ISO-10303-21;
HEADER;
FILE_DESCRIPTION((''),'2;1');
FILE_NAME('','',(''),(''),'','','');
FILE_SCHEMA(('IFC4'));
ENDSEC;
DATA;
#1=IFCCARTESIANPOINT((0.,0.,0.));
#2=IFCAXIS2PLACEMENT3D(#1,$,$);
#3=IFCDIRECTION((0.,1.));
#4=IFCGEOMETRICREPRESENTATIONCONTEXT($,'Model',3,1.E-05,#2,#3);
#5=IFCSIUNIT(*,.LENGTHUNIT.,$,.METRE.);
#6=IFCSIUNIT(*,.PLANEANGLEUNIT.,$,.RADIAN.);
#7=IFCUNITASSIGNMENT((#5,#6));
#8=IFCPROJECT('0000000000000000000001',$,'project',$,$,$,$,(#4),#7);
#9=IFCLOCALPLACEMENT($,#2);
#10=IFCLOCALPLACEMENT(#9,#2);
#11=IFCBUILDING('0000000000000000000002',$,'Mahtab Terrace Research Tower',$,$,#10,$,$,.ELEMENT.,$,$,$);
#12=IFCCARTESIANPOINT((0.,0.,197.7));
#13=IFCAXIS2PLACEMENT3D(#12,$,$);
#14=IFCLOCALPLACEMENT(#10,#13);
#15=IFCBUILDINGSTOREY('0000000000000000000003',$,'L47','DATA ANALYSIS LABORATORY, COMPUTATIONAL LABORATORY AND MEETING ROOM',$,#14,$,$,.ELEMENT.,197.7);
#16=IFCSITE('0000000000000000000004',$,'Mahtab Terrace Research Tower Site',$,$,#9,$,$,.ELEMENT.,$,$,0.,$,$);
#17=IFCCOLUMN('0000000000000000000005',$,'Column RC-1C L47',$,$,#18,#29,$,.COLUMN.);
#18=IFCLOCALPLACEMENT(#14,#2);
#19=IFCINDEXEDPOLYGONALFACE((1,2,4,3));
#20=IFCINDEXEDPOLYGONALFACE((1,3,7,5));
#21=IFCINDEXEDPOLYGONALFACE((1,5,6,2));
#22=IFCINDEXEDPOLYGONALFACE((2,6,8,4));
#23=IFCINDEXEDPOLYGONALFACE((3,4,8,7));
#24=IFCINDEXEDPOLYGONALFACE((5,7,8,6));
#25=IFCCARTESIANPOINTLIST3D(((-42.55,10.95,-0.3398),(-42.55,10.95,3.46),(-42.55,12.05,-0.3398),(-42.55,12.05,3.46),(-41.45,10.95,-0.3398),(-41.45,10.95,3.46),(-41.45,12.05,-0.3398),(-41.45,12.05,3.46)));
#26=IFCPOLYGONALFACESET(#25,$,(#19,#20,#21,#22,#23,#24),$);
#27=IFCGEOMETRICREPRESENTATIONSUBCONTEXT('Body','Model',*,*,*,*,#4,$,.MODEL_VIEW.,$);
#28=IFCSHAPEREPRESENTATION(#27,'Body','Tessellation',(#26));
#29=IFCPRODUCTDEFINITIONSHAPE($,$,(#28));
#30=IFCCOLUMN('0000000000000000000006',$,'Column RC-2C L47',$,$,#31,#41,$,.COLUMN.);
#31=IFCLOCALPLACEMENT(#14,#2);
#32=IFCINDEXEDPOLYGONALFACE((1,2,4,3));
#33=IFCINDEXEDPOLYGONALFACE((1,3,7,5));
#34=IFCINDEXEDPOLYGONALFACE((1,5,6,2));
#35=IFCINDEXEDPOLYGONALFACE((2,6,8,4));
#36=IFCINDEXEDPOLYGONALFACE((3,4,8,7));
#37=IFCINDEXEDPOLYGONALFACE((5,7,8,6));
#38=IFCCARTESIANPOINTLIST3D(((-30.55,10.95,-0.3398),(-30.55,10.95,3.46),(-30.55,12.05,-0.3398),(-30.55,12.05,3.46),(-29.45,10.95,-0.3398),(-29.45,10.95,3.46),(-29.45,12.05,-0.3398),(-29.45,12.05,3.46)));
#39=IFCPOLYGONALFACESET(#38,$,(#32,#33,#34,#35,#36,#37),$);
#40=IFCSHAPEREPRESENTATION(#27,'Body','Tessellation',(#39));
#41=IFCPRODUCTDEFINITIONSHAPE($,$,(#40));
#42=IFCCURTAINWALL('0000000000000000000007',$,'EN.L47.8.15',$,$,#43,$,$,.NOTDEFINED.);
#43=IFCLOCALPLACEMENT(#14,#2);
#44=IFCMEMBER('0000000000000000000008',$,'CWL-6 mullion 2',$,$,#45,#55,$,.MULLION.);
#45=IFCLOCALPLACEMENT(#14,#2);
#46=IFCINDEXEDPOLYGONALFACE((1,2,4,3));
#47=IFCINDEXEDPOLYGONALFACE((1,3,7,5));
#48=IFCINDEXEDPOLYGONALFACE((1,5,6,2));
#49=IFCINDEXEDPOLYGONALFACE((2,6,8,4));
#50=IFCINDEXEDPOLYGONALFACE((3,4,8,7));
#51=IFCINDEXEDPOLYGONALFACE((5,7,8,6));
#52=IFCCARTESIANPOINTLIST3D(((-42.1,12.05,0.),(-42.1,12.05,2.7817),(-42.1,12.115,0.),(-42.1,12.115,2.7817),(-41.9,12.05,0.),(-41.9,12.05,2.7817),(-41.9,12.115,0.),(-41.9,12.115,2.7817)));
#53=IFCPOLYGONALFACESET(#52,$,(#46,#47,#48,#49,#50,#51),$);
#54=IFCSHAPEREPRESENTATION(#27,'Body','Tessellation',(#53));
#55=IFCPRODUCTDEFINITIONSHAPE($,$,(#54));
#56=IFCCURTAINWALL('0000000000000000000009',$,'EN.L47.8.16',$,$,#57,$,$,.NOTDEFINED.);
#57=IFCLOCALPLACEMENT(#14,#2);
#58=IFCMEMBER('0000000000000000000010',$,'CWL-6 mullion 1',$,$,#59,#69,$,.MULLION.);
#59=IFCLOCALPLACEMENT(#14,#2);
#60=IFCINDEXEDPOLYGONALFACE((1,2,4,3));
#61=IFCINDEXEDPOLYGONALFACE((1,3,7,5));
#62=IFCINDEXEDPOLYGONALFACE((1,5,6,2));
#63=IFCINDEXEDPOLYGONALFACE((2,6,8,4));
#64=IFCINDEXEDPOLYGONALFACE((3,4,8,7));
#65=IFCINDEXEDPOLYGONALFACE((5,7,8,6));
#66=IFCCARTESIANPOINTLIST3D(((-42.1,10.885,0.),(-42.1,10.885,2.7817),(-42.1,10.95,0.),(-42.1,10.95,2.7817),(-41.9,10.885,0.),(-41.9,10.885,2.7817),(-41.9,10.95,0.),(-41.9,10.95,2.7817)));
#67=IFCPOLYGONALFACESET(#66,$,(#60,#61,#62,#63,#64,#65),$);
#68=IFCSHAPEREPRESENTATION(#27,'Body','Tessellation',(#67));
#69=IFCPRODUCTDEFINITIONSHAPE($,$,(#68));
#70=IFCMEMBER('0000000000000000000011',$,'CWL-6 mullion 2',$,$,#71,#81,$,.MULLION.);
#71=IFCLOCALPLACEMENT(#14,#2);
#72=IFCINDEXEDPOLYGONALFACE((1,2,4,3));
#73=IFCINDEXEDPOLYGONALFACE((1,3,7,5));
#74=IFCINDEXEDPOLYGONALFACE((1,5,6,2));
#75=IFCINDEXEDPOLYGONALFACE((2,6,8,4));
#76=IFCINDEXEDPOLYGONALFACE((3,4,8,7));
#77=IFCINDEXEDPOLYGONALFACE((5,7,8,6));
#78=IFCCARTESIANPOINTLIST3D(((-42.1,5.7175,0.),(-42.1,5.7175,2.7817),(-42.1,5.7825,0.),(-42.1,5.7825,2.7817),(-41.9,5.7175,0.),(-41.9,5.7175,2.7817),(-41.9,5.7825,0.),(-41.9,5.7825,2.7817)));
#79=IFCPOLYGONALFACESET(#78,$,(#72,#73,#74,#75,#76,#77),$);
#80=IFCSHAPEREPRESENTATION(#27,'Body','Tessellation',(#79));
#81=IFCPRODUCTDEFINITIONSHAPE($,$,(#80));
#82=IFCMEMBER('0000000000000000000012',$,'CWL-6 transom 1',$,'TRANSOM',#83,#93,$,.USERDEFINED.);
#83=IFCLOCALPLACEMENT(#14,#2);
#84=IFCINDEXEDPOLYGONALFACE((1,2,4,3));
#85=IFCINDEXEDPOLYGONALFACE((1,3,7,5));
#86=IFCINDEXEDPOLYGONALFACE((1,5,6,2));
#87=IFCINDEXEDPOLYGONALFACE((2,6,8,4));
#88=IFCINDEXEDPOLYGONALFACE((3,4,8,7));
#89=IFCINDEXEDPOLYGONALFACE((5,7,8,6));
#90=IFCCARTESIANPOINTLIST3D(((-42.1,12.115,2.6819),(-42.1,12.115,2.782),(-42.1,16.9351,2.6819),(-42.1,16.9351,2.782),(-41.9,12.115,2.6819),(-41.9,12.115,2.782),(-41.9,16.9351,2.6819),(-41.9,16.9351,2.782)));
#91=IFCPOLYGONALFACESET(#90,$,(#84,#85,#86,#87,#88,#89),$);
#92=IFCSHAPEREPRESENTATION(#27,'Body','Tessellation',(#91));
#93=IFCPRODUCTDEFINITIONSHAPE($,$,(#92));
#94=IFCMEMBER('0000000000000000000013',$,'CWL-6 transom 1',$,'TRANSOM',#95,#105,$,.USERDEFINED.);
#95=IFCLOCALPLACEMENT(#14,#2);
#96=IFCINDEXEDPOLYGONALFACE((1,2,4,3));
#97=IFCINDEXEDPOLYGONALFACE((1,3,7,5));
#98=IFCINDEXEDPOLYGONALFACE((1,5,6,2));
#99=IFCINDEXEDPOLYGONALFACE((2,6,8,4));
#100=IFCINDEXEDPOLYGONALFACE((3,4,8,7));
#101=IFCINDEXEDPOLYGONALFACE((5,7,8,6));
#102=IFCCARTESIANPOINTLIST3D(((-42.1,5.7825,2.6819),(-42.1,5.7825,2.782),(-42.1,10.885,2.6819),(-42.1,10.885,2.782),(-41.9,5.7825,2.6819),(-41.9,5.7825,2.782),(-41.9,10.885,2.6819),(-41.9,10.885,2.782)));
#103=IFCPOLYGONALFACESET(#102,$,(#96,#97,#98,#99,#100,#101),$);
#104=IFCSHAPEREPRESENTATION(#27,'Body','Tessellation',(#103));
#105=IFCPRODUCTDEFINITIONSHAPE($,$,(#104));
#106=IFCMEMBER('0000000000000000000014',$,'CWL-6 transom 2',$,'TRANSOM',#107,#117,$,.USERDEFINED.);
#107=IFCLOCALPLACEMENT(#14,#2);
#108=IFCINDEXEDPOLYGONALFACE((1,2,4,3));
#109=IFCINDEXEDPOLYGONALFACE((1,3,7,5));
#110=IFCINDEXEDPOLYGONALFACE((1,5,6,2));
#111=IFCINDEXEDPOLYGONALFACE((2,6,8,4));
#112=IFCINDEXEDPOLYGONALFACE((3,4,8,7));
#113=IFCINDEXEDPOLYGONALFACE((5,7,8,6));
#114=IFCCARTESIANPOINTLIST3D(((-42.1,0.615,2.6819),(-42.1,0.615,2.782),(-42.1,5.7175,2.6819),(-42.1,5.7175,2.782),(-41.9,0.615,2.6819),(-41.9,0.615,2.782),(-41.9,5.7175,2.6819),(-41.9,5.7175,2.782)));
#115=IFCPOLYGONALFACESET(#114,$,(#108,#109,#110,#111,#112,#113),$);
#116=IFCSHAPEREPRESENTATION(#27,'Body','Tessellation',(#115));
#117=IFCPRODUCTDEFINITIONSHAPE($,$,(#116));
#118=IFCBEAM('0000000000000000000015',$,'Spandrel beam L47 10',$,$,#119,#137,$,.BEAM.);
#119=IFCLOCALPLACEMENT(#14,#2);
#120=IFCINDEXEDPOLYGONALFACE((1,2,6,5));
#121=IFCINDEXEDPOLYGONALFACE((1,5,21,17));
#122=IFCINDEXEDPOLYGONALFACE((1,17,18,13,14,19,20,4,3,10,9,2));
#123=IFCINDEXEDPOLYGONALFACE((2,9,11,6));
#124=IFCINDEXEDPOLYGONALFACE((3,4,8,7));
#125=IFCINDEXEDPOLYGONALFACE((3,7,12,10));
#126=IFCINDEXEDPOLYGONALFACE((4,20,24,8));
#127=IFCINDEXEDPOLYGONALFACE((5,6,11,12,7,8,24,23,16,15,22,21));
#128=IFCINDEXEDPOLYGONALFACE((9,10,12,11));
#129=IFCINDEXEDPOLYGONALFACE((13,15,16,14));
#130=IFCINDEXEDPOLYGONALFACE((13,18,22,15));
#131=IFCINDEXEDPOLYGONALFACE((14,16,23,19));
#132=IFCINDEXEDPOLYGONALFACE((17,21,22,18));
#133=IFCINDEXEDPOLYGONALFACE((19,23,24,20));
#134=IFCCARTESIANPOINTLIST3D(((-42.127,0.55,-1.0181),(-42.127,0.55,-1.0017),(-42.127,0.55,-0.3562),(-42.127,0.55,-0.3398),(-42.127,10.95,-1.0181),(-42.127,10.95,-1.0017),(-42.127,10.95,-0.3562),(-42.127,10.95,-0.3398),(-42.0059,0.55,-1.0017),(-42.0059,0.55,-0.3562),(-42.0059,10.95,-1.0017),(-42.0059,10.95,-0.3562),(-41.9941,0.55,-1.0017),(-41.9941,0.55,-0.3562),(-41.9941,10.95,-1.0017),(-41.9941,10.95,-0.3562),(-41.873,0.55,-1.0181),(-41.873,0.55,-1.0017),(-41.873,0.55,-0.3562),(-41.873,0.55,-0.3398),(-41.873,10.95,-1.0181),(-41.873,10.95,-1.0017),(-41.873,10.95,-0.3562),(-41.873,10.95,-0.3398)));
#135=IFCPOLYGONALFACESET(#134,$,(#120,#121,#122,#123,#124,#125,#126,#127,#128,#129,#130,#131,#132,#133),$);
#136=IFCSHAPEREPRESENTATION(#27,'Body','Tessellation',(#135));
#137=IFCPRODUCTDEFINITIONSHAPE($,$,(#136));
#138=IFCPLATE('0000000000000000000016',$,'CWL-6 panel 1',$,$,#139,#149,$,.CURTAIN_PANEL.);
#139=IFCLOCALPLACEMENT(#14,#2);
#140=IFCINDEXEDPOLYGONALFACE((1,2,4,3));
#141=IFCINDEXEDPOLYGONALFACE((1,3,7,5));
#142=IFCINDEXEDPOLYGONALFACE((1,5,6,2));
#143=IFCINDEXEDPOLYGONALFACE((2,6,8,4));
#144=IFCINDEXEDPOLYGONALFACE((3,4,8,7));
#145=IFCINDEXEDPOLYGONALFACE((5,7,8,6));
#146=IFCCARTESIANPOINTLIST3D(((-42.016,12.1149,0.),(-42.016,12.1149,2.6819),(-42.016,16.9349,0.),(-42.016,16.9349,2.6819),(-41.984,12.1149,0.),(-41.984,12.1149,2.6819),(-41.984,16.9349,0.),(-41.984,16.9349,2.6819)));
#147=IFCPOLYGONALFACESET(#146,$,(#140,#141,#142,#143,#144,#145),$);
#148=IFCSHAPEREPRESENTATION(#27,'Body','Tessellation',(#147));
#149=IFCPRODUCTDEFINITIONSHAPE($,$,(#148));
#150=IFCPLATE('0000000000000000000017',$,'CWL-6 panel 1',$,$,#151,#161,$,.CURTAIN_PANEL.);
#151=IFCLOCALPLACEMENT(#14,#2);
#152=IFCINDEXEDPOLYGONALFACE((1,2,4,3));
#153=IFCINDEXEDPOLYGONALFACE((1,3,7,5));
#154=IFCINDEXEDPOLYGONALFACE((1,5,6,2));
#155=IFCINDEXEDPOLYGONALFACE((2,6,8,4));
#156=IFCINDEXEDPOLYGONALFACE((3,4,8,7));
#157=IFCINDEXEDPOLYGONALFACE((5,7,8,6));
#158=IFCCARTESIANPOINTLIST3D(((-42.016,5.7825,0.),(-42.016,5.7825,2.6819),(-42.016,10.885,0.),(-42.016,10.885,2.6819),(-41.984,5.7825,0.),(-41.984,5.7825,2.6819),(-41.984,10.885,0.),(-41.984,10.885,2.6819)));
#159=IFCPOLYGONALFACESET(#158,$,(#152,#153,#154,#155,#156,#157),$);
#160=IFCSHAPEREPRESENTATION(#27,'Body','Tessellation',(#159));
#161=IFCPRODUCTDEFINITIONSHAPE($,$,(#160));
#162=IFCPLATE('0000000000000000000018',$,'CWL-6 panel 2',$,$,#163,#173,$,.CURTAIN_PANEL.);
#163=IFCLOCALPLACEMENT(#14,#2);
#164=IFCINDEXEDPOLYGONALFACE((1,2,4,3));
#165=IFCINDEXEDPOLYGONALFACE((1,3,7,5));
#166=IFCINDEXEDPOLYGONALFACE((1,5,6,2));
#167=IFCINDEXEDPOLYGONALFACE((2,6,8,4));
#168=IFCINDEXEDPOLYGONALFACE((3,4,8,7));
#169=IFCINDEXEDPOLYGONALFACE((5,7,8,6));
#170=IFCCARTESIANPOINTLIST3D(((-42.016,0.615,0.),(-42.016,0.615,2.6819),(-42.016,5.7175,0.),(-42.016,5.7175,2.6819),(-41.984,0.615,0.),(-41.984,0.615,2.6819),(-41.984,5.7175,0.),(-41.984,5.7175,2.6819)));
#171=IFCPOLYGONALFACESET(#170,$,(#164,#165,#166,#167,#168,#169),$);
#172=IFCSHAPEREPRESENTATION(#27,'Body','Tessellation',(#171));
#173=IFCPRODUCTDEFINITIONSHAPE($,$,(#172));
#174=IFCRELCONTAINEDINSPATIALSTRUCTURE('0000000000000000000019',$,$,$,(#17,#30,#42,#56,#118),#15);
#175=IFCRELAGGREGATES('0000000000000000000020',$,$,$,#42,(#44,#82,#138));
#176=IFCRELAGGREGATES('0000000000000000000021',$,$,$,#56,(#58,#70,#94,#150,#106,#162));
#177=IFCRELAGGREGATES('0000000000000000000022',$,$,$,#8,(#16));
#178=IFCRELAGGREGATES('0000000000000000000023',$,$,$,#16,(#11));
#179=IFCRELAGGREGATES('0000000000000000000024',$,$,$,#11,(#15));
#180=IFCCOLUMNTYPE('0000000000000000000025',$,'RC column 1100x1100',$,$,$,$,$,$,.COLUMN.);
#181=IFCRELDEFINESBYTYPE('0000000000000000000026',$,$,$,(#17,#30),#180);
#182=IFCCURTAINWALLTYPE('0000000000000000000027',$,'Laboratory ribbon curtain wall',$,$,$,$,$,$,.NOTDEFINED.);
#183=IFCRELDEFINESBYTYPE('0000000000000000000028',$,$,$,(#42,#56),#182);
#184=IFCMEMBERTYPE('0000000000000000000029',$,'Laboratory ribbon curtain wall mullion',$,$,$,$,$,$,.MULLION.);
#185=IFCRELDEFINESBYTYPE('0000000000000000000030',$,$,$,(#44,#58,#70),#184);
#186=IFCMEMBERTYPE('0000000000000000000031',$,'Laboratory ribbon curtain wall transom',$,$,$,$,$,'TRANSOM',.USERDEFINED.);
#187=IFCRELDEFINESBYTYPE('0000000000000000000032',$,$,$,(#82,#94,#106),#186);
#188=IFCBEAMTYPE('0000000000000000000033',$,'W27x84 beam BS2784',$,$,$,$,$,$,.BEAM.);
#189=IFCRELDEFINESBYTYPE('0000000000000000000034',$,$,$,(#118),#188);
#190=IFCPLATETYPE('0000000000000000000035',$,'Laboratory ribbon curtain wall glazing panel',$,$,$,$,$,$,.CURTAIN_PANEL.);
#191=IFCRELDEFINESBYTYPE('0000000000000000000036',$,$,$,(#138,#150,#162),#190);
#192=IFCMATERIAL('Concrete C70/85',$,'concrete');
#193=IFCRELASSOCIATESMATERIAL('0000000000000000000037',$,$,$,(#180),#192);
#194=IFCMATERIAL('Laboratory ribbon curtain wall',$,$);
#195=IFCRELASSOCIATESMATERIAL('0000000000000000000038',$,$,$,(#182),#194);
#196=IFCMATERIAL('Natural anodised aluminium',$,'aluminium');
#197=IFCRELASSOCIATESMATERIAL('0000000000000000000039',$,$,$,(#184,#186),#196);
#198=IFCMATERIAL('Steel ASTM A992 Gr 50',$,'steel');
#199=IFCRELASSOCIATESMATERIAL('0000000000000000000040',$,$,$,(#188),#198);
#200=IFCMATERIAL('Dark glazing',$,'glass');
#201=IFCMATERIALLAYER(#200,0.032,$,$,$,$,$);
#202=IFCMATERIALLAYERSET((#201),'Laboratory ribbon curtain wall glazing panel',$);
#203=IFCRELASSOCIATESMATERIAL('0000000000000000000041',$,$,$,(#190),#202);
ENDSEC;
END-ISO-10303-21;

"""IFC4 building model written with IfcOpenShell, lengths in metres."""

from ifc_helpers import new_model, si_unit, direction, frame, origin, origin_2d, place, context, subcontext, project, spatial, rectangle, i_section, extrude, material, layer, layer_set, material_profile, profile_set, type_object, element, aggregate, save


model = new_model("IFC4")

# Units and contexts
model_context = context("Model", 3, precision=1e-05, world=origin(), true_north=direction((0.0, 1.0)))
body_context = subcontext(model_context, "Body", "Model", "MODEL_VIEW")
ifc_project = project(units=[si_unit("LENGTHUNIT", "METRE"), si_unit("PLANEANGLEUNIT", "RADIAN")], contexts=[model_context])

# Site, building, storey
site_placement = place(None, origin())
site = spatial("IfcSite", under=ifc_project, at=site_placement, Name="Mahtab Terrace Research Tower Site", CompositionType="ELEMENT", RefElevation=0.0)
building_placement = place(site_placement, origin())
building = spatial("IfcBuilding", under=site, at=building_placement, Name="Mahtab Terrace Research Tower", CompositionType="ELEMENT")
storey_placement = place(building_placement, frame((0.0, 0.0, 197.7)))
storey = spatial("IfcBuildingStorey", under=building, at=storey_placement, Name="L47", Description="DATA ANALYSIS LABORATORY, COMPUTATIONAL LABORATORY AND MEETING ROOM", CompositionType="ELEMENT", Elevation=197.7)

# Columns
ifc_material_1 = material(Name="Concrete C70/85", Category="concrete")
ifc_material_profile_1 = material_profile(ifc_material_1, rectangle(XDim=1.1001, YDim=1.1001, at=origin_2d()), Name="RC column 1100x1100")
ifc_profile_set_1 = profile_set([ifc_material_profile_1], Name="Concrete C70/85")
column_type = type_object("IfcColumnType", Name="RC column 1100x1100", PredefinedType="COLUMN", material=ifc_profile_set_1)
for number, where, z_axis, x_axis, name in (
    (1, (-42.0, 11.5, -0.3398), (0.0, 0.0, 1.0), (1.0, 0.0, 0.0), "Column RC-1C L47"),
    (2, (-30.0, 11.5, -0.3398), (0.0, 0.0, 1.0), (1.0, 0.0, 0.0), "Column RC-2C L47"),
):
    element("IfcColumn", number, at=place(storey_placement, frame(where, z_axis=z_axis, x_axis=x_axis)), inside=storey, type_object=column_type, Name=name, PredefinedType="COLUMN", context=body_context, shape_type="SweptSolid", body=[
        extrude(rectangle(XDim=1.1001, YDim=1.1001, at=origin_2d()), origin(), (0.0, 0.0, 1.0), 3.7998),
    ])

# Curtain wall, member
ifc_material_2 = material(Name="Laboratory ribbon curtain wall")
curtain_wall_type = type_object("IfcCurtainWallType", Name="Laboratory ribbon curtain wall", PredefinedType="NOTDEFINED", material=ifc_material_2)
curtain_wall_1_placement = place(storey_placement, origin())
curtain_wall_1 = element("IfcCurtainWall", 3, at=curtain_wall_1_placement, inside=storey, type_object=curtain_wall_type, Name="EN.L47.8.15", PredefinedType="NOTDEFINED")
ifc_material_3 = material(Name="Natural anodised aluminium", Category="aluminium")
ifc_material_profile_2 = material_profile(ifc_material_3, rectangle(XDim=0.2, YDim=0.0649, at=origin_2d()), Name="MULLION 65x200")
ifc_profile_set_2 = profile_set([ifc_material_profile_2], Name="Natural anodised aluminium")
member_type_1 = type_object("IfcMemberType", Name="Laboratory ribbon curtain wall mullion", PredefinedType="MULLION", material=ifc_profile_set_2)
member_1_placement = place(storey_placement, frame((-42.0, 12.0825, 0.0), z_axis=(0.0, 0.0, 1.0), x_axis=(1.0, 0.0, 0.0)))
member_1 = element("IfcMember", 4, at=member_1_placement, type_object=member_type_1, Name="CWL-6 mullion 2", PredefinedType="MULLION", context=body_context, shape_type="SweptSolid", body=[
    extrude(rectangle(XDim=0.2, YDim=0.0649, at=origin_2d()), origin(), (0.0, 0.0, 1.0), 2.7817),
])

# Curtain wall, members
curtain_wall_2_placement = place(storey_placement, origin())
curtain_wall_2 = element("IfcCurtainWall", 5, at=curtain_wall_2_placement, inside=storey, type_object=curtain_wall_type, Name="EN.L47.8.16", PredefinedType="NOTDEFINED")
member_2_placement = place(storey_placement, frame((-42.0, 10.9175, 0.0), z_axis=(0.0, 0.0, 1.0), x_axis=(1.0, 0.0, 0.0)))
member_2 = element("IfcMember", 6, at=member_2_placement, type_object=member_type_1, Name="CWL-6 mullion 1", PredefinedType="MULLION", context=body_context, shape_type="SweptSolid", body=[
    extrude(rectangle(XDim=0.2, YDim=0.0649, at=origin_2d()), origin(), (0.0, 0.0, 1.0), 2.7817),
])
member_3_placement = place(storey_placement, frame((-42.0, 5.75, 0.0), z_axis=(0.0, 0.0, 1.0), x_axis=(1.0, 0.0, 0.0)))
member_3 = element("IfcMember", 7, at=member_3_placement, type_object=member_type_1, Name="CWL-6 mullion 2", PredefinedType="MULLION", context=body_context, shape_type="SweptSolid", body=[
    extrude(rectangle(XDim=0.2, YDim=0.0649, at=origin_2d()), origin(), (0.0, 0.0, 1.0), 2.7817),
])

# Members
ifc_material_profile_3 = material_profile(ifc_material_3, rectangle(XDim=0.2, YDim=0.1001, at=origin_2d()), Name="TRANSOM 100x200")
ifc_profile_set_3 = profile_set([ifc_material_profile_3], Name="Natural anodised aluminium")
member_type_2 = type_object("IfcMemberType", Name="Laboratory ribbon curtain wall transom", ElementType="TRANSOM", PredefinedType="USERDEFINED", material=ifc_profile_set_3)
member_4_placement = place(storey_placement, frame((-42.0, 16.9351, 2.7319), z_axis=(0.0, -1.0, 0.0), x_axis=(1.0, 0.0, 0.0)))
member_4 = element("IfcMember", 8, at=member_4_placement, type_object=member_type_2, Name="CWL-6 transom 1", ObjectType="TRANSOM", PredefinedType="USERDEFINED", context=body_context, shape_type="SweptSolid", body=[
    extrude(rectangle(XDim=0.2, YDim=0.1001, at=origin_2d()), origin(), (0.0, 0.0, 1.0), 4.8201),
])
member_5_placement = place(storey_placement, frame((-42.0, 10.885, 2.7319), z_axis=(0.0, -1.0, 0.0), x_axis=(1.0, 0.0, 0.0)))
member_5 = element("IfcMember", 9, at=member_5_placement, type_object=member_type_2, Name="CWL-6 transom 1", ObjectType="TRANSOM", PredefinedType="USERDEFINED", context=body_context, shape_type="SweptSolid", body=[
    extrude(rectangle(XDim=0.2, YDim=0.1001, at=origin_2d()), origin(), (0.0, 0.0, 1.0), 5.1025),
])
member_6_placement = place(storey_placement, frame((-42.0, 5.7175, 2.7319), z_axis=(0.0, -1.0, 0.0), x_axis=(1.0, 0.0, 0.0)))
member_6 = element("IfcMember", 10, at=member_6_placement, type_object=member_type_2, Name="CWL-6 transom 2", ObjectType="TRANSOM", PredefinedType="USERDEFINED", context=body_context, shape_type="SweptSolid", body=[
    extrude(rectangle(XDim=0.2, YDim=0.1001, at=origin_2d()), origin(), (0.0, 0.0, 1.0), 5.1025),
])

# Beam
ifc_material_4 = material(Name="Steel ASTM A992 Gr 50", Category="steel")
ifc_material_profile_4 = material_profile(ifc_material_4, i_section(OverallWidth=0.2539, OverallDepth=0.6782, WebThickness=0.0117, FlangeThickness=0.0164, at=origin_2d()), Name="W27X84")
ifc_profile_set_4 = profile_set([ifc_material_profile_4], Name="Steel ASTM A992 Gr 50")
beam_type = type_object("IfcBeamType", Name="W27x84 beam BS2784", PredefinedType="BEAM", material=ifc_profile_set_4)
beam_placement = place(storey_placement, frame((-42.0, 10.95, -0.679), z_axis=(0.0, -1.0, 0.0), x_axis=(1.0, 0.0, 0.0)))
element("IfcBeam", 11, at=beam_placement, inside=storey, type_object=beam_type, Name="Spandrel beam L47 10", PredefinedType="BEAM", context=body_context, shape_type="SweptSolid", body=[
    extrude(i_section(OverallWidth=0.2539, OverallDepth=0.6782, WebThickness=0.0117, FlangeThickness=0.0164, at=origin_2d()), origin(), (0.0, 0.0, 1.0), 10.3999),
])

# Plates
ifc_material_5 = material(Name="Dark glazing", Category="glass")
ifc_layer_1 = layer(ifc_material_5, 0.032)
ifc_layer_set_1 = layer_set([ifc_layer_1], Name="Laboratory ribbon curtain wall glazing panel")
plate_type = type_object("IfcPlateType", Name="Laboratory ribbon curtain wall glazing panel", PredefinedType="CURTAIN_PANEL", material=ifc_layer_set_1)
plate_1_placement = place(storey_placement, frame((-42.0, 14.5249, 0.0), z_axis=(0.0, 0.0, 1.0), x_axis=(0.0, -1.0, 0.0)))
plate_1 = element("IfcPlate", 12, at=plate_1_placement, type_object=plate_type, Name="CWL-6 panel 1", PredefinedType="CURTAIN_PANEL", context=body_context, shape_type="SweptSolid", body=[
    extrude(rectangle(XDim=4.8201, YDim=0.032, at=origin_2d()), origin(), (0.0, 0.0, 1.0), 2.6819),
])
aggregate(curtain_wall_1, [member_1, member_4, plate_1])
plate_2_placement = place(storey_placement, frame((-42.0, 8.3337, 0.0), z_axis=(0.0, 0.0, 1.0), x_axis=(0.0, -1.0, 0.0)))
plate_2 = element("IfcPlate", 13, at=plate_2_placement, type_object=plate_type, Name="CWL-6 panel 1", PredefinedType="CURTAIN_PANEL", context=body_context, shape_type="SweptSolid", body=[
    extrude(rectangle(XDim=5.1025, YDim=0.032, at=origin_2d()), origin(), (0.0, 0.0, 1.0), 2.6819),
])
plate_3_placement = place(storey_placement, frame((-42.0, 3.1663, 0.0), z_axis=(0.0, 0.0, 1.0), x_axis=(0.0, -1.0, 0.0)))
plate_3 = element("IfcPlate", 14, at=plate_3_placement, type_object=plate_type, Name="CWL-6 panel 2", PredefinedType="CURTAIN_PANEL", context=body_context, shape_type="SweptSolid", body=[
    extrude(rectangle(XDim=5.1025, YDim=0.032, at=origin_2d()), origin(), (0.0, 0.0, 1.0), 2.6819),
])
aggregate(curtain_wall_2, [member_2, member_3, member_5, plate_2, member_6, plate_3])

save(model, "model.ifc")
